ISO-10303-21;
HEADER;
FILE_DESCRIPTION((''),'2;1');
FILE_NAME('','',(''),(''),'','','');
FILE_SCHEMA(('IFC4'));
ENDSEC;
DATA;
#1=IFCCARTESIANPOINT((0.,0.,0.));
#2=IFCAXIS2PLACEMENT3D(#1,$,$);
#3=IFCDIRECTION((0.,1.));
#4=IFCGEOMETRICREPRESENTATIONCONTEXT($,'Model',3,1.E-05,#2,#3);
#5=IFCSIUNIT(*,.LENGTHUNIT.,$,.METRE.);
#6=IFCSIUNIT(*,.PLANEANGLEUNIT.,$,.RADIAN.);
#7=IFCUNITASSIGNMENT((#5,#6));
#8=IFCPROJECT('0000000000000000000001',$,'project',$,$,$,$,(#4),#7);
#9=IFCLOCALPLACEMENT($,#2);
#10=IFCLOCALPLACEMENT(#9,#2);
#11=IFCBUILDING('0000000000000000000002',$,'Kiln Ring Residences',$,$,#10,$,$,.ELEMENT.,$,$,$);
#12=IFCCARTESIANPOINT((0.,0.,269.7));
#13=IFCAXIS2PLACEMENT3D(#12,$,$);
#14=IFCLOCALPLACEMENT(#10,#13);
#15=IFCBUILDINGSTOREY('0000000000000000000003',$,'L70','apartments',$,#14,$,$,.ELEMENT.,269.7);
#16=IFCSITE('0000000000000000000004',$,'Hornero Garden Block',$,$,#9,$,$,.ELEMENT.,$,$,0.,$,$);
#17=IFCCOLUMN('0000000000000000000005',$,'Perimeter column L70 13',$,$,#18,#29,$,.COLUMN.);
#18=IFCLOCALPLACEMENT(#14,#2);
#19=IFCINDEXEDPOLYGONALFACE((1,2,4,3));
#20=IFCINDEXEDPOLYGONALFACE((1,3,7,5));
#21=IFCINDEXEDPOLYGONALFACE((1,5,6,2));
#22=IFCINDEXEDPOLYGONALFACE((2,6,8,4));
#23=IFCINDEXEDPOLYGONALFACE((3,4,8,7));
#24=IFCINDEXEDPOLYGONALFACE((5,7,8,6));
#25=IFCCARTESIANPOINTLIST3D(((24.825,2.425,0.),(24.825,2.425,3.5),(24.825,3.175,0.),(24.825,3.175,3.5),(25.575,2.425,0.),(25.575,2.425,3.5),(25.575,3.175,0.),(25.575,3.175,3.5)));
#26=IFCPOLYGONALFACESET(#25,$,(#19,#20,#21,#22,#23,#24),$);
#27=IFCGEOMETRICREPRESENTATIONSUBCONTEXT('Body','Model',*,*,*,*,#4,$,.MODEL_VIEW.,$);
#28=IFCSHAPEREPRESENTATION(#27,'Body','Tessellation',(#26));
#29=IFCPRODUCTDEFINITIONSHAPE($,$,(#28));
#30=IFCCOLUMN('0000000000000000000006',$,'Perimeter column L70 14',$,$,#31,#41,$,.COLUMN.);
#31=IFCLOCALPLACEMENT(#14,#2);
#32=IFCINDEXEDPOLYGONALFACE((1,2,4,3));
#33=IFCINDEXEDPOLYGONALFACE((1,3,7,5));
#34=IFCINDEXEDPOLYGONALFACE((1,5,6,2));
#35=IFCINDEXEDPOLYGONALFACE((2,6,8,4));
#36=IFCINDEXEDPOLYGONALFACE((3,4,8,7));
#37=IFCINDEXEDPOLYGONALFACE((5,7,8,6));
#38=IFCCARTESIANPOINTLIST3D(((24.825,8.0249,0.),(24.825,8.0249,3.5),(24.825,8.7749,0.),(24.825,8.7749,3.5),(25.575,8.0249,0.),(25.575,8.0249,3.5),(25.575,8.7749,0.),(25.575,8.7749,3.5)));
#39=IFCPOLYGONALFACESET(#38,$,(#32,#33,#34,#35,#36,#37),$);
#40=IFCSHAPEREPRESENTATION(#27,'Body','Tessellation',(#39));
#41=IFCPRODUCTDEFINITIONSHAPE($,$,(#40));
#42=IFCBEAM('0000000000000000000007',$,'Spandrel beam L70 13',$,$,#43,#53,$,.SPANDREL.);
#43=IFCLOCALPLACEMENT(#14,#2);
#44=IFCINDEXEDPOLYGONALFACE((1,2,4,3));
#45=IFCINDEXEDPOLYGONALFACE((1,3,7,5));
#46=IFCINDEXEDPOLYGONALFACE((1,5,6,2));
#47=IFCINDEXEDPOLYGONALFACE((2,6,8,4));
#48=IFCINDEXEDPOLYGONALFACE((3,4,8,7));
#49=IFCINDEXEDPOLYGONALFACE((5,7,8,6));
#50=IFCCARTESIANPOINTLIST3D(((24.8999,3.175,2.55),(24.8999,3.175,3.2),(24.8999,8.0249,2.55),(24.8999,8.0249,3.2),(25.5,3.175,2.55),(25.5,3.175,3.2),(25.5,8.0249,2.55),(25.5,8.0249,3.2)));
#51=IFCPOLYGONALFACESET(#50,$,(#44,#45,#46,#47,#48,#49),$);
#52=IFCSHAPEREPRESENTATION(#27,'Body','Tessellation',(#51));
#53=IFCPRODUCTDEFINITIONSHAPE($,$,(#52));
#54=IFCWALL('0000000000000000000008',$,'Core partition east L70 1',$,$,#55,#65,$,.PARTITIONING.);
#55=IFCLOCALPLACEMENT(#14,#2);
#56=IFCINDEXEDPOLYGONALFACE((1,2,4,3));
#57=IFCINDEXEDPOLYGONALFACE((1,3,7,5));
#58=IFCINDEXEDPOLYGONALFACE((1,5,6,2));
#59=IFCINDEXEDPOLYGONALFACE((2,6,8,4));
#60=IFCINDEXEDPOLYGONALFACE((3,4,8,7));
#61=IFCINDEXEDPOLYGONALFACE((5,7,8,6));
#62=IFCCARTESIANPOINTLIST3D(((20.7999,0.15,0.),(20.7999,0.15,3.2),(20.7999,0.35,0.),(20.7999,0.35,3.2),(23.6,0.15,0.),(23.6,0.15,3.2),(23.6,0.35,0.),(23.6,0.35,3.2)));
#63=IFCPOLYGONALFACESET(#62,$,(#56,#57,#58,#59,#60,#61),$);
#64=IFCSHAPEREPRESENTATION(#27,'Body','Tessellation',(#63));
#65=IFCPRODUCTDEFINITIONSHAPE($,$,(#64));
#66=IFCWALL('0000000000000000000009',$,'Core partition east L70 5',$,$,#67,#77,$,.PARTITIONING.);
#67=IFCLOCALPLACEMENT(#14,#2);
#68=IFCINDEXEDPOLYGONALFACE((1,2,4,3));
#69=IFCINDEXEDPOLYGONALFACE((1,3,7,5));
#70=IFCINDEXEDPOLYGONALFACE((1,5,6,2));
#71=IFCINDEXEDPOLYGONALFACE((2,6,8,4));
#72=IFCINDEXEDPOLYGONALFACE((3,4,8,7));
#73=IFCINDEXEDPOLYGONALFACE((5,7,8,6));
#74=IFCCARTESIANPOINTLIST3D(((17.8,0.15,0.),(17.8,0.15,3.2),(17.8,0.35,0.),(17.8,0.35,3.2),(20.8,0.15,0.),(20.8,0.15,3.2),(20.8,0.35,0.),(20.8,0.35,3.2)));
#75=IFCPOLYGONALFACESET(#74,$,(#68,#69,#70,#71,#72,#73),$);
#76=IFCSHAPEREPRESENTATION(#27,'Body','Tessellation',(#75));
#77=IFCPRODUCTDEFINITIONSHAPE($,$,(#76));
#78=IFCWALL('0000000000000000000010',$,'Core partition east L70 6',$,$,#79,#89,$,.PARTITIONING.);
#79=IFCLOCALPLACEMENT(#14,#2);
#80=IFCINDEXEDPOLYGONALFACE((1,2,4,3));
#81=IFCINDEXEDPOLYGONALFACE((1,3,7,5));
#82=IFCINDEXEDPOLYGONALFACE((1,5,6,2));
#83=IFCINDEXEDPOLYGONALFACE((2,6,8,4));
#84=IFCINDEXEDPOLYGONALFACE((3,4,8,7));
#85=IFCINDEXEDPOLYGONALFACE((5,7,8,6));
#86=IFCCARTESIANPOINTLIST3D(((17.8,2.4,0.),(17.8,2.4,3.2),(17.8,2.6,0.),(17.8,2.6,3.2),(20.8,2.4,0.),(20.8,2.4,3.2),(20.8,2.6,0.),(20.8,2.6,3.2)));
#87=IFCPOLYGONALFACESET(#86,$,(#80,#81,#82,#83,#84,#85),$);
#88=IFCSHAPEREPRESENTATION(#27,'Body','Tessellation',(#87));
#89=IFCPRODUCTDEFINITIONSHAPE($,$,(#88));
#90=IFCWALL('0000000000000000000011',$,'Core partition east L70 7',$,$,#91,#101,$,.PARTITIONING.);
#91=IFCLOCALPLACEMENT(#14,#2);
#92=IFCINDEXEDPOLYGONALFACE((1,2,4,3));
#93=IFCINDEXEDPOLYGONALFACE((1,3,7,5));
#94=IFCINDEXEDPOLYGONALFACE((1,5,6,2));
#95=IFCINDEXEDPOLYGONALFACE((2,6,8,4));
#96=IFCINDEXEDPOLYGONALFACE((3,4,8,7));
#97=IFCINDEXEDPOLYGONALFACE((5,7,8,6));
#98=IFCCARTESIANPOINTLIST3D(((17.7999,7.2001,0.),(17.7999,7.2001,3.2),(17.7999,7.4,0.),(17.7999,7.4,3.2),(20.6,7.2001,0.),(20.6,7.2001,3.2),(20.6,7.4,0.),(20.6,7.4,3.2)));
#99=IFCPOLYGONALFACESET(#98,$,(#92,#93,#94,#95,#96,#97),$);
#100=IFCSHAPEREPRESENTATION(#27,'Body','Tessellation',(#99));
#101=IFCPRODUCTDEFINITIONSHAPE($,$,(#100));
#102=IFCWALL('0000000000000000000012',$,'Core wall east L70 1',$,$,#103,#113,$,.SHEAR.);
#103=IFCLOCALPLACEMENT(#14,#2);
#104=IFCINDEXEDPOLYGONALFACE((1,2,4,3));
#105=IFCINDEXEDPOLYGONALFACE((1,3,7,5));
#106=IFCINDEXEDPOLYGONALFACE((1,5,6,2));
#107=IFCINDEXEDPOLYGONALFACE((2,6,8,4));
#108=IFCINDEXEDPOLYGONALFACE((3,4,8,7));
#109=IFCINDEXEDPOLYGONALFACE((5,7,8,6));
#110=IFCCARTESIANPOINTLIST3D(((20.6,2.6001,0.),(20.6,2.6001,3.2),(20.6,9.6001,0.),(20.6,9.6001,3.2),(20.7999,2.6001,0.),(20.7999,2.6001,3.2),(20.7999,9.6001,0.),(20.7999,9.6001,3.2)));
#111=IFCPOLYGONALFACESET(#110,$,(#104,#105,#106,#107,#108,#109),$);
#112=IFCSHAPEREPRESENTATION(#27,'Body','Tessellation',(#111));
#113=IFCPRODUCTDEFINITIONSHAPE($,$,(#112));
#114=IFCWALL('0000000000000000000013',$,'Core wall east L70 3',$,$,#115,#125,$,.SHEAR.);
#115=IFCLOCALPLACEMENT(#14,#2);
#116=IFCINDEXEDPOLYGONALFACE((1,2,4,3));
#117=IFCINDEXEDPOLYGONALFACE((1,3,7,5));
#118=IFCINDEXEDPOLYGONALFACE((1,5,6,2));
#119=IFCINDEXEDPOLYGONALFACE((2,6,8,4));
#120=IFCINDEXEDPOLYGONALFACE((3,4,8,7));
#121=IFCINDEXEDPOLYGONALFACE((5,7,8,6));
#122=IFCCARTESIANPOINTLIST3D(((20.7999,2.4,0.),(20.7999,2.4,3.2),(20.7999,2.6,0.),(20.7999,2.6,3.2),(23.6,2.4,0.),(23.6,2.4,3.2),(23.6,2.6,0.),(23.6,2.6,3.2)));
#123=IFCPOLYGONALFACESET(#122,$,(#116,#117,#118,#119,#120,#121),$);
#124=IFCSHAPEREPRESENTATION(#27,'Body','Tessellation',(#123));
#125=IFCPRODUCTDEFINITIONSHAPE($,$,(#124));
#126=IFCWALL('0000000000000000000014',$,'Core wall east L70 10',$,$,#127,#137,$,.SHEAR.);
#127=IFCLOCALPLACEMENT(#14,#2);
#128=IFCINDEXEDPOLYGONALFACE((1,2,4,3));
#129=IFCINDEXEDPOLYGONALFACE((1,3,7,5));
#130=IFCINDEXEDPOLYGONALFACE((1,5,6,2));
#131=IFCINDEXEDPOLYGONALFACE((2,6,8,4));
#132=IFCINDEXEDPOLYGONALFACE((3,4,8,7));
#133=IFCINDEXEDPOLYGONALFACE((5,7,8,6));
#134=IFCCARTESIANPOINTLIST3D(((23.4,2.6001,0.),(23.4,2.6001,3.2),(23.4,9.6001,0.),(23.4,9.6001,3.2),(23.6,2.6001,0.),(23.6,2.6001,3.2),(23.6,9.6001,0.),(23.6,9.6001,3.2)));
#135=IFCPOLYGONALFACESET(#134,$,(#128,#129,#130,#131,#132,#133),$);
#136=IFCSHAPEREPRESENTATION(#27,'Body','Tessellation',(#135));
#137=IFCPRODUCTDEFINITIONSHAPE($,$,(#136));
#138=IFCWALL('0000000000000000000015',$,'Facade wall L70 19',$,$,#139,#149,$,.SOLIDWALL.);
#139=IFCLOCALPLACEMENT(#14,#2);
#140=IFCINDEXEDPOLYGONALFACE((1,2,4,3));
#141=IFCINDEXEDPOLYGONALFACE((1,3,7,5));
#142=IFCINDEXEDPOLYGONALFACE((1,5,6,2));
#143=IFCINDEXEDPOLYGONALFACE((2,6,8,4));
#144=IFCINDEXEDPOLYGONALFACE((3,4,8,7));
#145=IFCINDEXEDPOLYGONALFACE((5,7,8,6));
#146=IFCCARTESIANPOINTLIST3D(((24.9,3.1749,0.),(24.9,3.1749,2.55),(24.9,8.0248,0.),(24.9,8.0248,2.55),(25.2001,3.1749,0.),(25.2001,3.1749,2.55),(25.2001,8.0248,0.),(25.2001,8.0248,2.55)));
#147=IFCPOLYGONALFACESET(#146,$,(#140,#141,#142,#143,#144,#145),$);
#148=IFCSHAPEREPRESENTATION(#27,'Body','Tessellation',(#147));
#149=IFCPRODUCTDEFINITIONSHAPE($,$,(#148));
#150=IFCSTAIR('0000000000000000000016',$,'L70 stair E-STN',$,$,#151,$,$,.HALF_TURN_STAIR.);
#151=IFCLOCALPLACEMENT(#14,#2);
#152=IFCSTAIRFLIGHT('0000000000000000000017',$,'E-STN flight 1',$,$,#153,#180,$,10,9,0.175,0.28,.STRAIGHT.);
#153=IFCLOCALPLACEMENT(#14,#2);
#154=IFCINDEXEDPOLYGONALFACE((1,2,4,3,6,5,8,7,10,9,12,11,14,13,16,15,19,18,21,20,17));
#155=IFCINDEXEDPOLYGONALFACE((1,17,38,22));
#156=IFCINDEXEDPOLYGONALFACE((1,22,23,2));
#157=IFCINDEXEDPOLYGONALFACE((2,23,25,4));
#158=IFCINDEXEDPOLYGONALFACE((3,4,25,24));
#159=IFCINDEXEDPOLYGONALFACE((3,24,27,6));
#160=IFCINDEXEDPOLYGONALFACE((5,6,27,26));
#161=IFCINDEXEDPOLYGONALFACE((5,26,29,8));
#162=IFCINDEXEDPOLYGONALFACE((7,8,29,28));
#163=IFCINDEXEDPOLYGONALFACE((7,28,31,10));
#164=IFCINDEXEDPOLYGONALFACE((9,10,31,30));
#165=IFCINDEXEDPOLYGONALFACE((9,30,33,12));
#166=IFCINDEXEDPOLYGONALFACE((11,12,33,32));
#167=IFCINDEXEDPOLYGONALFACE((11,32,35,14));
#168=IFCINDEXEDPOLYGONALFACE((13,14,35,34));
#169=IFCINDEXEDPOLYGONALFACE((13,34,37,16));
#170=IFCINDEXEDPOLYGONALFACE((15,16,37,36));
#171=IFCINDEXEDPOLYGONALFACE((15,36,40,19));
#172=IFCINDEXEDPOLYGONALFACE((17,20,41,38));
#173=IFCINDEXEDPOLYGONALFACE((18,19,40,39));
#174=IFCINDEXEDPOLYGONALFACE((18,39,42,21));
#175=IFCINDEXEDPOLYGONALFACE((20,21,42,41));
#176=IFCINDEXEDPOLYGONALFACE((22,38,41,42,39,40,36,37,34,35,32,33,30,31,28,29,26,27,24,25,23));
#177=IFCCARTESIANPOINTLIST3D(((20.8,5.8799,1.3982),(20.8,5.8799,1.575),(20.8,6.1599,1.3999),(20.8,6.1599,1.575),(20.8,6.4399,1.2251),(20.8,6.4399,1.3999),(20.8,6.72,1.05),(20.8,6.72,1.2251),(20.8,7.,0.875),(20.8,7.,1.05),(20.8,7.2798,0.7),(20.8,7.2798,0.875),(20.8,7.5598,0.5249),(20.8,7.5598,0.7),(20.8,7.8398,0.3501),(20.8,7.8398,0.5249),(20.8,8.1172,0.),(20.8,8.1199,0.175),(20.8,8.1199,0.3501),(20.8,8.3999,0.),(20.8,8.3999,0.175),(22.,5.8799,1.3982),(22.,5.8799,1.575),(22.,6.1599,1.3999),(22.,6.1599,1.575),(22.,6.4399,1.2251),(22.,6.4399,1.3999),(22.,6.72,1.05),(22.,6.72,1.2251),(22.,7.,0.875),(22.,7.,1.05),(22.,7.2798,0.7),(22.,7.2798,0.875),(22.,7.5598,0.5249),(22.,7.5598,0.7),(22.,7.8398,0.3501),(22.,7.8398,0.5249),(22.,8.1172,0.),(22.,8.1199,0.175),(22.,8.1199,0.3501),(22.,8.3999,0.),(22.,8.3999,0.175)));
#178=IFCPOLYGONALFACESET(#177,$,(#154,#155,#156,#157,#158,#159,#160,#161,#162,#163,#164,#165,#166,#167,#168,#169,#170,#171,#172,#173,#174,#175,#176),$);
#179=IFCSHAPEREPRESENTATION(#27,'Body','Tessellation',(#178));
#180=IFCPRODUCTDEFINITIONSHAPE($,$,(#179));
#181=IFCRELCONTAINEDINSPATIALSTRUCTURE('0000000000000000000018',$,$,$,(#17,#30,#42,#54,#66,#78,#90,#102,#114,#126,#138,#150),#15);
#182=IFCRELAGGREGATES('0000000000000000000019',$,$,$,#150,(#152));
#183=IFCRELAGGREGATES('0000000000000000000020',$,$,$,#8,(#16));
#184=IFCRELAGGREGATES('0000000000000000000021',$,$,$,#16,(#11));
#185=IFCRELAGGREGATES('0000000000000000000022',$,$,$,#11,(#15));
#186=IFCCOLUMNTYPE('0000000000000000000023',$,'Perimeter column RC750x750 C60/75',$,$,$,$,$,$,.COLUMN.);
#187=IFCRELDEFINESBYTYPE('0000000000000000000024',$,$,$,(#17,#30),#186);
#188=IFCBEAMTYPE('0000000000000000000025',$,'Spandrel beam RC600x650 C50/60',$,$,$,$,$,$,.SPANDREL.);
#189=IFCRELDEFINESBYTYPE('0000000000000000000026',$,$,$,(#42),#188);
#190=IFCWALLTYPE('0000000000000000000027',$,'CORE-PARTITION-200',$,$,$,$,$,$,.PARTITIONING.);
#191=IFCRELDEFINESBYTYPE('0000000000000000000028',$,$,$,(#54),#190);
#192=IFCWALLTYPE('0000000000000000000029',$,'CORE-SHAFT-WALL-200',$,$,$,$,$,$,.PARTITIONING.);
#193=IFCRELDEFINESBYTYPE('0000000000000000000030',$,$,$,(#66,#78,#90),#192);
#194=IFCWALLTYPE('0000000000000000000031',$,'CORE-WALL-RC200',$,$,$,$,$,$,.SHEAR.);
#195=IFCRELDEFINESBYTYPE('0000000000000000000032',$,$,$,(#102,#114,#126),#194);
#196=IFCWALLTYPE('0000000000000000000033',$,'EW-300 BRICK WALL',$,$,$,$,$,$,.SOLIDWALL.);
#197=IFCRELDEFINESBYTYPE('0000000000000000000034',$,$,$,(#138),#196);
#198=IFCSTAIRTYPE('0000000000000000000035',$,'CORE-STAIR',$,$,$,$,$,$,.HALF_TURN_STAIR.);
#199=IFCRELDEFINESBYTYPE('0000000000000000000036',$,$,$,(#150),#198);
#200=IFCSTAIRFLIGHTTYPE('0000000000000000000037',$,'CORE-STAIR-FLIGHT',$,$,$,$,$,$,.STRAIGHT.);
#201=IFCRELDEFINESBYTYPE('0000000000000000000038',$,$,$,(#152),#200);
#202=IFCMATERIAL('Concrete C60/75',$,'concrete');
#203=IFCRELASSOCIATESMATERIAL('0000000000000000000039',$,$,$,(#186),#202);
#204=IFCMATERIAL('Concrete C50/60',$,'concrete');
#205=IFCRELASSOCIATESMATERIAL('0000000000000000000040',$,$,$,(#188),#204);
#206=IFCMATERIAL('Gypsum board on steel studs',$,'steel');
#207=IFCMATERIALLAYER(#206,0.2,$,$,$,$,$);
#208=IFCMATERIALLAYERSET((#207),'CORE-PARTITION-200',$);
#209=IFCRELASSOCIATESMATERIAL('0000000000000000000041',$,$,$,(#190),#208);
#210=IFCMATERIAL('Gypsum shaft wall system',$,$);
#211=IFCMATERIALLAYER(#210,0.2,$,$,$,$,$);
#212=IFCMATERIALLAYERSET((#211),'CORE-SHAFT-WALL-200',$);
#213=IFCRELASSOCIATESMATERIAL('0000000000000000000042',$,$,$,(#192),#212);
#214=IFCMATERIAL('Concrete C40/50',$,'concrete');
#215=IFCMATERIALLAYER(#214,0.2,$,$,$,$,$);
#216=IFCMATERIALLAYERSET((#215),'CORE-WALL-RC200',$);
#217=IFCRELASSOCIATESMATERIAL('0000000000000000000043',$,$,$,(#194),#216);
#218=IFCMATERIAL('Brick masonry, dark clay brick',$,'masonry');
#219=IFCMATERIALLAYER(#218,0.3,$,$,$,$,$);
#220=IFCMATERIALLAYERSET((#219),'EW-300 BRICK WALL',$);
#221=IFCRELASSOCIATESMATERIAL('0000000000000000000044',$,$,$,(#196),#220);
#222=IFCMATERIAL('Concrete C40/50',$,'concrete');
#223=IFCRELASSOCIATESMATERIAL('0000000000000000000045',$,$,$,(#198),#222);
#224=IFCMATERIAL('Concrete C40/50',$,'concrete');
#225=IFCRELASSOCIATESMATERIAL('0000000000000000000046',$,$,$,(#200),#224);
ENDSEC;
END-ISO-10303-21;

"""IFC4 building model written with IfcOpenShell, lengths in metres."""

from ifc_helpers import new_model, si_unit, direction, frame, frame_2d, origin, origin_2d, place, context, subcontext, project, spatial, polyline, rectangle, outline, extrude, material, layer, layer_set, material_profile, profile_set, type_object, element, aggregate, save


model = new_model("IFC4")

# Units and contexts
model_context = context("Model", 3, precision=1e-05, world=origin(), true_north=direction((0.0, 1.0)))
body_context = subcontext(model_context, "Body", "Model", "MODEL_VIEW")
ifc_project = project(units=[si_unit("LENGTHUNIT", "METRE"), si_unit("PLANEANGLEUNIT", "RADIAN")], contexts=[model_context])

# Site, building, storey
site_placement = place(None, origin())
site = spatial("IfcSite", under=ifc_project, at=site_placement, Name="Hornero Garden Block", CompositionType="ELEMENT", RefElevation=0.0)
building_placement = place(site_placement, origin())
building = spatial("IfcBuilding", under=site, at=building_placement, Name="Kiln Ring Residences", CompositionType="ELEMENT")
storey_placement = place(building_placement, frame((0.0, 0.0, 269.7)))
storey = spatial("IfcBuildingStorey", under=building, at=storey_placement, Name="L70", Description="apartments", CompositionType="ELEMENT", Elevation=269.7)

# Columns
ifc_material_1 = material(Name="Concrete C60/75", Category="concrete")
ifc_material_profile_1 = material_profile(ifc_material_1, rectangle(XDim=0.75, YDim=0.75, at=origin_2d()), Name="RC750x750")
ifc_profile_set_1 = profile_set([ifc_material_profile_1], Name="Concrete C60/75")
column_type = type_object("IfcColumnType", Name="Perimeter column RC750x750 C60/75", PredefinedType="COLUMN", material=ifc_profile_set_1)
for number, where, z_axis, x_axis, name in (
    (1, (25.2, 2.8, 0.0), (0.0, 0.0, 1.0), (1.0, 0.0, 0.0), "Perimeter column L70 13"),
    (2, (25.2, 8.3999, 0.0), (0.0, 0.0, 1.0), (1.0, 0.0, 0.0), "Perimeter column L70 14"),
):
    element("IfcColumn", number, at=place(storey_placement, frame(where, z_axis=z_axis, x_axis=x_axis)), inside=storey, type_object=column_type, Name=name, PredefinedType="COLUMN", context=body_context, shape_type="SweptSolid", body=[
        extrude(rectangle(XDim=0.75, YDim=0.75, at=origin_2d()), origin(), (0.0, 0.0, 1.0), 3.5),
    ])

# Beam
ifc_material_2 = material(Name="Concrete C50/60", Category="concrete")
ifc_material_profile_2 = material_profile(ifc_material_2, rectangle(XDim=0.6001, YDim=0.6499, at=origin_2d()), Name="RC600x650")
ifc_profile_set_2 = profile_set([ifc_material_profile_2], Name="Concrete C50/60")
beam_type = type_object("IfcBeamType", Name="Spandrel beam RC600x650 C50/60", PredefinedType="SPANDREL", material=ifc_profile_set_2)
beam_placement = place(storey_placement, frame((25.2, 3.175, 2.875), z_axis=(0.0, 1.0, 0.0), x_axis=(-1.0, 0.0, 0.0)))
element("IfcBeam", 3, at=beam_placement, inside=storey, type_object=beam_type, Name="Spandrel beam L70 13", PredefinedType="SPANDREL", context=body_context, shape_type="SweptSolid", body=[
    extrude(rectangle(XDim=0.6001, YDim=0.6499, at=origin_2d()), origin(), (0.0, 0.0, 1.0), 4.8499),
])

# Walls
ifc_material_3 = material(Name="Gypsum board on steel studs", Category="steel")
ifc_layer_1 = layer(ifc_material_3, 0.2)
ifc_layer_set_1 = layer_set([ifc_layer_1], Name="CORE-PARTITION-200")
wall_type_1 = type_object("IfcWallType", Name="CORE-PARTITION-200", PredefinedType="PARTITIONING", material=ifc_layer_set_1)
wall_1_placement = place(storey_placement, frame((20.8, 0.25, 0.0), z_axis=(0.0, 0.0, 1.0), x_axis=(1.0, 0.0, 0.0)))
element("IfcWall", 4, at=wall_1_placement, inside=storey, type_object=wall_type_1, Name="Core partition east L70 1", PredefinedType="PARTITIONING", context=body_context, shape_type="SweptSolid", body=[
    extrude(rectangle(XDim=2.8, YDim=0.2, at=frame_2d((1.3999, 0.0))), origin(), (0.0, 0.0, 1.0), 3.2),
])
ifc_material_4 = material(Name="Gypsum shaft wall system")
ifc_layer_2 = layer(ifc_material_4, 0.2)
ifc_layer_set_2 = layer_set([ifc_layer_2], Name="CORE-SHAFT-WALL-200")
wall_type_2 = type_object("IfcWallType", Name="CORE-SHAFT-WALL-200", PredefinedType="PARTITIONING", material=ifc_layer_set_2)
for number, where, z_axis, x_axis, name in (
    (5, (17.8, 0.25, 0.0), (0.0, 0.0, 1.0), (1.0, 0.0, 0.0), "Core partition east L70 5"),
    (6, (17.8, 2.5, 0.0), (0.0, 0.0, 1.0), (1.0, 0.0, 0.0), "Core partition east L70 6"),
):
    element("IfcWall", number, at=place(storey_placement, frame(where, z_axis=z_axis, x_axis=x_axis)), inside=storey, type_object=wall_type_2, Name=name, PredefinedType="PARTITIONING", context=body_context, shape_type="SweptSolid", body=[
        extrude(rectangle(XDim=3.0, YDim=0.2, at=frame_2d((1.5, 0.0))), origin(), (0.0, 0.0, 1.0), 3.2),
    ])
wall_2_placement = place(storey_placement, frame((17.8, 7.3, 0.0), z_axis=(0.0, 0.0, 1.0), x_axis=(1.0, 0.0, 0.0)))
element("IfcWall", 7, at=wall_2_placement, inside=storey, type_object=wall_type_2, Name="Core partition east L70 7", PredefinedType="PARTITIONING", context=body_context, shape_type="SweptSolid", body=[
    extrude(rectangle(XDim=2.8, YDim=0.2, at=frame_2d((1.3999, 0.0))), origin(), (0.0, 0.0, 1.0), 3.2),
])
ifc_material_5 = material(Name="Concrete C40/50", Category="concrete")
ifc_layer_3 = layer(ifc_material_5, 0.2)
ifc_layer_set_3 = layer_set([ifc_layer_3], Name="CORE-WALL-RC200")
wall_type_3 = type_object("IfcWallType", Name="CORE-WALL-RC200", PredefinedType="SHEAR", material=ifc_layer_set_3)
wall_3_placement = place(storey_placement, frame((20.7, 2.6001, 0.0), z_axis=(0.0, 0.0, 1.0), x_axis=(0.0, 1.0, 0.0)))
element("IfcWall", 8, at=wall_3_placement, inside=storey, type_object=wall_type_3, Name="Core wall east L70 1", PredefinedType="SHEAR", context=body_context, shape_type="SweptSolid", body=[
    extrude(rectangle(XDim=7.0, YDim=0.2, at=frame_2d((3.5, 0.0))), origin(), (0.0, 0.0, 1.0), 3.2),
])
wall_4_placement = place(storey_placement, frame((20.8, 2.5, 0.0), z_axis=(0.0, 0.0, 1.0), x_axis=(1.0, 0.0, 0.0)))
element("IfcWall", 9, at=wall_4_placement, inside=storey, type_object=wall_type_3, Name="Core wall east L70 3", PredefinedType="SHEAR", context=body_context, shape_type="SweptSolid", body=[
    extrude(rectangle(XDim=2.8, YDim=0.2, at=frame_2d((1.3999, 0.0))), origin(), (0.0, 0.0, 1.0), 3.2),
])
wall_5_placement = place(storey_placement, frame((23.5, 2.6001, 0.0), z_axis=(0.0, 0.0, 1.0), x_axis=(0.0, 1.0, 0.0)))
element("IfcWall", 10, at=wall_5_placement, inside=storey, type_object=wall_type_3, Name="Core wall east L70 10", PredefinedType="SHEAR", context=body_context, shape_type="SweptSolid", body=[
    extrude(rectangle(XDim=7.0, YDim=0.2, at=frame_2d((3.5, 0.0))), origin(), (0.0, 0.0, 1.0), 3.2),
])
ifc_material_6 = material(Name="Brick masonry, dark clay brick", Category="masonry")
ifc_layer_4 = layer(ifc_material_6, 0.3)
ifc_layer_set_4 = layer_set([ifc_layer_4], Name="EW-300 BRICK WALL")
wall_type_4 = type_object("IfcWallType", Name="EW-300 BRICK WALL", PredefinedType="SOLIDWALL", material=ifc_layer_set_4)
wall_6_placement = place(storey_placement, frame((25.05, 3.175, 0.0), z_axis=(0.0, 0.0, 1.0), x_axis=(0.0, 1.0, 0.0)))
element("IfcWall", 11, at=wall_6_placement, inside=storey, type_object=wall_type_4, Name="Facade wall L70 19", PredefinedType="SOLIDWALL", context=body_context, shape_type="SweptSolid", body=[
    extrude(rectangle(XDim=4.8499, YDim=0.3, at=frame_2d((2.4248, 0.0))), origin(), (0.0, 0.0, 1.0), 2.55),
])

# Stair, stair flight
ifc_material_7 = material(Name="Concrete C40/50", Category="concrete")
stair_type = type_object("IfcStairType", Name="CORE-STAIR", PredefinedType="HALF_TURN_STAIR", material=ifc_material_7)
stair_placement = place(storey_placement, origin())
stair = element("IfcStair", 12, at=stair_placement, inside=storey, type_object=stair_type, Name="L70 stair E-STN", PredefinedType="HALF_TURN_STAIR")
ifc_material_8 = material(Name="Concrete C40/50", Category="concrete")
stair_flight_type = type_object("IfcStairFlightType", Name="CORE-STAIR-FLIGHT", PredefinedType="STRAIGHT", material=ifc_material_8)
stair_flight_1_placement = place(storey_placement, frame((21.3999, 8.3999, 0.0), z_axis=(0.0, 0.0, 1.0), x_axis=(0.0, -1.0, 0.0)))
stair_flight_1 = element("IfcStairFlight", 13, at=stair_flight_1_placement, type_object=stair_flight_type, Name="E-STN flight 1", NumberOfRisers=10, NumberOfTreads=9, PredefinedType="STRAIGHT", RiserHeight=0.175, TreadLength=0.28, context=body_context, shape_type="SweptSolid", body=[
    extrude(outline(polyline([(0.0, 0.0), (0.0, 0.175), (0.28, 0.175), (0.28, 0.3501), (0.5601, 0.3501), (0.5601, 0.5249), (0.8401, 0.5249), (0.8401, 0.7), (1.1201, 0.7), (1.1201, 0.875), (1.3999, 0.875), (1.3999, 1.05), (1.6799, 1.05), (1.6799, 1.2251), (1.96, 1.2251), (1.96, 1.3999), (2.24, 1.3999), (2.24, 1.575), (2.52, 1.575), (2.52, 1.75), (2.52, 1.3982), (0.2827, 0.0), (0.0, 0.0)])), frame((0.0, 0.6001, 0.0), z_axis=(0.0, -1.0, 0.0), x_axis=(1.0, 0.0, 0.0)), (0.0, 0.0, 1.0), 1.2),
])
aggregate(stair, [stair_flight_1])

save(model, "model.ifc")
